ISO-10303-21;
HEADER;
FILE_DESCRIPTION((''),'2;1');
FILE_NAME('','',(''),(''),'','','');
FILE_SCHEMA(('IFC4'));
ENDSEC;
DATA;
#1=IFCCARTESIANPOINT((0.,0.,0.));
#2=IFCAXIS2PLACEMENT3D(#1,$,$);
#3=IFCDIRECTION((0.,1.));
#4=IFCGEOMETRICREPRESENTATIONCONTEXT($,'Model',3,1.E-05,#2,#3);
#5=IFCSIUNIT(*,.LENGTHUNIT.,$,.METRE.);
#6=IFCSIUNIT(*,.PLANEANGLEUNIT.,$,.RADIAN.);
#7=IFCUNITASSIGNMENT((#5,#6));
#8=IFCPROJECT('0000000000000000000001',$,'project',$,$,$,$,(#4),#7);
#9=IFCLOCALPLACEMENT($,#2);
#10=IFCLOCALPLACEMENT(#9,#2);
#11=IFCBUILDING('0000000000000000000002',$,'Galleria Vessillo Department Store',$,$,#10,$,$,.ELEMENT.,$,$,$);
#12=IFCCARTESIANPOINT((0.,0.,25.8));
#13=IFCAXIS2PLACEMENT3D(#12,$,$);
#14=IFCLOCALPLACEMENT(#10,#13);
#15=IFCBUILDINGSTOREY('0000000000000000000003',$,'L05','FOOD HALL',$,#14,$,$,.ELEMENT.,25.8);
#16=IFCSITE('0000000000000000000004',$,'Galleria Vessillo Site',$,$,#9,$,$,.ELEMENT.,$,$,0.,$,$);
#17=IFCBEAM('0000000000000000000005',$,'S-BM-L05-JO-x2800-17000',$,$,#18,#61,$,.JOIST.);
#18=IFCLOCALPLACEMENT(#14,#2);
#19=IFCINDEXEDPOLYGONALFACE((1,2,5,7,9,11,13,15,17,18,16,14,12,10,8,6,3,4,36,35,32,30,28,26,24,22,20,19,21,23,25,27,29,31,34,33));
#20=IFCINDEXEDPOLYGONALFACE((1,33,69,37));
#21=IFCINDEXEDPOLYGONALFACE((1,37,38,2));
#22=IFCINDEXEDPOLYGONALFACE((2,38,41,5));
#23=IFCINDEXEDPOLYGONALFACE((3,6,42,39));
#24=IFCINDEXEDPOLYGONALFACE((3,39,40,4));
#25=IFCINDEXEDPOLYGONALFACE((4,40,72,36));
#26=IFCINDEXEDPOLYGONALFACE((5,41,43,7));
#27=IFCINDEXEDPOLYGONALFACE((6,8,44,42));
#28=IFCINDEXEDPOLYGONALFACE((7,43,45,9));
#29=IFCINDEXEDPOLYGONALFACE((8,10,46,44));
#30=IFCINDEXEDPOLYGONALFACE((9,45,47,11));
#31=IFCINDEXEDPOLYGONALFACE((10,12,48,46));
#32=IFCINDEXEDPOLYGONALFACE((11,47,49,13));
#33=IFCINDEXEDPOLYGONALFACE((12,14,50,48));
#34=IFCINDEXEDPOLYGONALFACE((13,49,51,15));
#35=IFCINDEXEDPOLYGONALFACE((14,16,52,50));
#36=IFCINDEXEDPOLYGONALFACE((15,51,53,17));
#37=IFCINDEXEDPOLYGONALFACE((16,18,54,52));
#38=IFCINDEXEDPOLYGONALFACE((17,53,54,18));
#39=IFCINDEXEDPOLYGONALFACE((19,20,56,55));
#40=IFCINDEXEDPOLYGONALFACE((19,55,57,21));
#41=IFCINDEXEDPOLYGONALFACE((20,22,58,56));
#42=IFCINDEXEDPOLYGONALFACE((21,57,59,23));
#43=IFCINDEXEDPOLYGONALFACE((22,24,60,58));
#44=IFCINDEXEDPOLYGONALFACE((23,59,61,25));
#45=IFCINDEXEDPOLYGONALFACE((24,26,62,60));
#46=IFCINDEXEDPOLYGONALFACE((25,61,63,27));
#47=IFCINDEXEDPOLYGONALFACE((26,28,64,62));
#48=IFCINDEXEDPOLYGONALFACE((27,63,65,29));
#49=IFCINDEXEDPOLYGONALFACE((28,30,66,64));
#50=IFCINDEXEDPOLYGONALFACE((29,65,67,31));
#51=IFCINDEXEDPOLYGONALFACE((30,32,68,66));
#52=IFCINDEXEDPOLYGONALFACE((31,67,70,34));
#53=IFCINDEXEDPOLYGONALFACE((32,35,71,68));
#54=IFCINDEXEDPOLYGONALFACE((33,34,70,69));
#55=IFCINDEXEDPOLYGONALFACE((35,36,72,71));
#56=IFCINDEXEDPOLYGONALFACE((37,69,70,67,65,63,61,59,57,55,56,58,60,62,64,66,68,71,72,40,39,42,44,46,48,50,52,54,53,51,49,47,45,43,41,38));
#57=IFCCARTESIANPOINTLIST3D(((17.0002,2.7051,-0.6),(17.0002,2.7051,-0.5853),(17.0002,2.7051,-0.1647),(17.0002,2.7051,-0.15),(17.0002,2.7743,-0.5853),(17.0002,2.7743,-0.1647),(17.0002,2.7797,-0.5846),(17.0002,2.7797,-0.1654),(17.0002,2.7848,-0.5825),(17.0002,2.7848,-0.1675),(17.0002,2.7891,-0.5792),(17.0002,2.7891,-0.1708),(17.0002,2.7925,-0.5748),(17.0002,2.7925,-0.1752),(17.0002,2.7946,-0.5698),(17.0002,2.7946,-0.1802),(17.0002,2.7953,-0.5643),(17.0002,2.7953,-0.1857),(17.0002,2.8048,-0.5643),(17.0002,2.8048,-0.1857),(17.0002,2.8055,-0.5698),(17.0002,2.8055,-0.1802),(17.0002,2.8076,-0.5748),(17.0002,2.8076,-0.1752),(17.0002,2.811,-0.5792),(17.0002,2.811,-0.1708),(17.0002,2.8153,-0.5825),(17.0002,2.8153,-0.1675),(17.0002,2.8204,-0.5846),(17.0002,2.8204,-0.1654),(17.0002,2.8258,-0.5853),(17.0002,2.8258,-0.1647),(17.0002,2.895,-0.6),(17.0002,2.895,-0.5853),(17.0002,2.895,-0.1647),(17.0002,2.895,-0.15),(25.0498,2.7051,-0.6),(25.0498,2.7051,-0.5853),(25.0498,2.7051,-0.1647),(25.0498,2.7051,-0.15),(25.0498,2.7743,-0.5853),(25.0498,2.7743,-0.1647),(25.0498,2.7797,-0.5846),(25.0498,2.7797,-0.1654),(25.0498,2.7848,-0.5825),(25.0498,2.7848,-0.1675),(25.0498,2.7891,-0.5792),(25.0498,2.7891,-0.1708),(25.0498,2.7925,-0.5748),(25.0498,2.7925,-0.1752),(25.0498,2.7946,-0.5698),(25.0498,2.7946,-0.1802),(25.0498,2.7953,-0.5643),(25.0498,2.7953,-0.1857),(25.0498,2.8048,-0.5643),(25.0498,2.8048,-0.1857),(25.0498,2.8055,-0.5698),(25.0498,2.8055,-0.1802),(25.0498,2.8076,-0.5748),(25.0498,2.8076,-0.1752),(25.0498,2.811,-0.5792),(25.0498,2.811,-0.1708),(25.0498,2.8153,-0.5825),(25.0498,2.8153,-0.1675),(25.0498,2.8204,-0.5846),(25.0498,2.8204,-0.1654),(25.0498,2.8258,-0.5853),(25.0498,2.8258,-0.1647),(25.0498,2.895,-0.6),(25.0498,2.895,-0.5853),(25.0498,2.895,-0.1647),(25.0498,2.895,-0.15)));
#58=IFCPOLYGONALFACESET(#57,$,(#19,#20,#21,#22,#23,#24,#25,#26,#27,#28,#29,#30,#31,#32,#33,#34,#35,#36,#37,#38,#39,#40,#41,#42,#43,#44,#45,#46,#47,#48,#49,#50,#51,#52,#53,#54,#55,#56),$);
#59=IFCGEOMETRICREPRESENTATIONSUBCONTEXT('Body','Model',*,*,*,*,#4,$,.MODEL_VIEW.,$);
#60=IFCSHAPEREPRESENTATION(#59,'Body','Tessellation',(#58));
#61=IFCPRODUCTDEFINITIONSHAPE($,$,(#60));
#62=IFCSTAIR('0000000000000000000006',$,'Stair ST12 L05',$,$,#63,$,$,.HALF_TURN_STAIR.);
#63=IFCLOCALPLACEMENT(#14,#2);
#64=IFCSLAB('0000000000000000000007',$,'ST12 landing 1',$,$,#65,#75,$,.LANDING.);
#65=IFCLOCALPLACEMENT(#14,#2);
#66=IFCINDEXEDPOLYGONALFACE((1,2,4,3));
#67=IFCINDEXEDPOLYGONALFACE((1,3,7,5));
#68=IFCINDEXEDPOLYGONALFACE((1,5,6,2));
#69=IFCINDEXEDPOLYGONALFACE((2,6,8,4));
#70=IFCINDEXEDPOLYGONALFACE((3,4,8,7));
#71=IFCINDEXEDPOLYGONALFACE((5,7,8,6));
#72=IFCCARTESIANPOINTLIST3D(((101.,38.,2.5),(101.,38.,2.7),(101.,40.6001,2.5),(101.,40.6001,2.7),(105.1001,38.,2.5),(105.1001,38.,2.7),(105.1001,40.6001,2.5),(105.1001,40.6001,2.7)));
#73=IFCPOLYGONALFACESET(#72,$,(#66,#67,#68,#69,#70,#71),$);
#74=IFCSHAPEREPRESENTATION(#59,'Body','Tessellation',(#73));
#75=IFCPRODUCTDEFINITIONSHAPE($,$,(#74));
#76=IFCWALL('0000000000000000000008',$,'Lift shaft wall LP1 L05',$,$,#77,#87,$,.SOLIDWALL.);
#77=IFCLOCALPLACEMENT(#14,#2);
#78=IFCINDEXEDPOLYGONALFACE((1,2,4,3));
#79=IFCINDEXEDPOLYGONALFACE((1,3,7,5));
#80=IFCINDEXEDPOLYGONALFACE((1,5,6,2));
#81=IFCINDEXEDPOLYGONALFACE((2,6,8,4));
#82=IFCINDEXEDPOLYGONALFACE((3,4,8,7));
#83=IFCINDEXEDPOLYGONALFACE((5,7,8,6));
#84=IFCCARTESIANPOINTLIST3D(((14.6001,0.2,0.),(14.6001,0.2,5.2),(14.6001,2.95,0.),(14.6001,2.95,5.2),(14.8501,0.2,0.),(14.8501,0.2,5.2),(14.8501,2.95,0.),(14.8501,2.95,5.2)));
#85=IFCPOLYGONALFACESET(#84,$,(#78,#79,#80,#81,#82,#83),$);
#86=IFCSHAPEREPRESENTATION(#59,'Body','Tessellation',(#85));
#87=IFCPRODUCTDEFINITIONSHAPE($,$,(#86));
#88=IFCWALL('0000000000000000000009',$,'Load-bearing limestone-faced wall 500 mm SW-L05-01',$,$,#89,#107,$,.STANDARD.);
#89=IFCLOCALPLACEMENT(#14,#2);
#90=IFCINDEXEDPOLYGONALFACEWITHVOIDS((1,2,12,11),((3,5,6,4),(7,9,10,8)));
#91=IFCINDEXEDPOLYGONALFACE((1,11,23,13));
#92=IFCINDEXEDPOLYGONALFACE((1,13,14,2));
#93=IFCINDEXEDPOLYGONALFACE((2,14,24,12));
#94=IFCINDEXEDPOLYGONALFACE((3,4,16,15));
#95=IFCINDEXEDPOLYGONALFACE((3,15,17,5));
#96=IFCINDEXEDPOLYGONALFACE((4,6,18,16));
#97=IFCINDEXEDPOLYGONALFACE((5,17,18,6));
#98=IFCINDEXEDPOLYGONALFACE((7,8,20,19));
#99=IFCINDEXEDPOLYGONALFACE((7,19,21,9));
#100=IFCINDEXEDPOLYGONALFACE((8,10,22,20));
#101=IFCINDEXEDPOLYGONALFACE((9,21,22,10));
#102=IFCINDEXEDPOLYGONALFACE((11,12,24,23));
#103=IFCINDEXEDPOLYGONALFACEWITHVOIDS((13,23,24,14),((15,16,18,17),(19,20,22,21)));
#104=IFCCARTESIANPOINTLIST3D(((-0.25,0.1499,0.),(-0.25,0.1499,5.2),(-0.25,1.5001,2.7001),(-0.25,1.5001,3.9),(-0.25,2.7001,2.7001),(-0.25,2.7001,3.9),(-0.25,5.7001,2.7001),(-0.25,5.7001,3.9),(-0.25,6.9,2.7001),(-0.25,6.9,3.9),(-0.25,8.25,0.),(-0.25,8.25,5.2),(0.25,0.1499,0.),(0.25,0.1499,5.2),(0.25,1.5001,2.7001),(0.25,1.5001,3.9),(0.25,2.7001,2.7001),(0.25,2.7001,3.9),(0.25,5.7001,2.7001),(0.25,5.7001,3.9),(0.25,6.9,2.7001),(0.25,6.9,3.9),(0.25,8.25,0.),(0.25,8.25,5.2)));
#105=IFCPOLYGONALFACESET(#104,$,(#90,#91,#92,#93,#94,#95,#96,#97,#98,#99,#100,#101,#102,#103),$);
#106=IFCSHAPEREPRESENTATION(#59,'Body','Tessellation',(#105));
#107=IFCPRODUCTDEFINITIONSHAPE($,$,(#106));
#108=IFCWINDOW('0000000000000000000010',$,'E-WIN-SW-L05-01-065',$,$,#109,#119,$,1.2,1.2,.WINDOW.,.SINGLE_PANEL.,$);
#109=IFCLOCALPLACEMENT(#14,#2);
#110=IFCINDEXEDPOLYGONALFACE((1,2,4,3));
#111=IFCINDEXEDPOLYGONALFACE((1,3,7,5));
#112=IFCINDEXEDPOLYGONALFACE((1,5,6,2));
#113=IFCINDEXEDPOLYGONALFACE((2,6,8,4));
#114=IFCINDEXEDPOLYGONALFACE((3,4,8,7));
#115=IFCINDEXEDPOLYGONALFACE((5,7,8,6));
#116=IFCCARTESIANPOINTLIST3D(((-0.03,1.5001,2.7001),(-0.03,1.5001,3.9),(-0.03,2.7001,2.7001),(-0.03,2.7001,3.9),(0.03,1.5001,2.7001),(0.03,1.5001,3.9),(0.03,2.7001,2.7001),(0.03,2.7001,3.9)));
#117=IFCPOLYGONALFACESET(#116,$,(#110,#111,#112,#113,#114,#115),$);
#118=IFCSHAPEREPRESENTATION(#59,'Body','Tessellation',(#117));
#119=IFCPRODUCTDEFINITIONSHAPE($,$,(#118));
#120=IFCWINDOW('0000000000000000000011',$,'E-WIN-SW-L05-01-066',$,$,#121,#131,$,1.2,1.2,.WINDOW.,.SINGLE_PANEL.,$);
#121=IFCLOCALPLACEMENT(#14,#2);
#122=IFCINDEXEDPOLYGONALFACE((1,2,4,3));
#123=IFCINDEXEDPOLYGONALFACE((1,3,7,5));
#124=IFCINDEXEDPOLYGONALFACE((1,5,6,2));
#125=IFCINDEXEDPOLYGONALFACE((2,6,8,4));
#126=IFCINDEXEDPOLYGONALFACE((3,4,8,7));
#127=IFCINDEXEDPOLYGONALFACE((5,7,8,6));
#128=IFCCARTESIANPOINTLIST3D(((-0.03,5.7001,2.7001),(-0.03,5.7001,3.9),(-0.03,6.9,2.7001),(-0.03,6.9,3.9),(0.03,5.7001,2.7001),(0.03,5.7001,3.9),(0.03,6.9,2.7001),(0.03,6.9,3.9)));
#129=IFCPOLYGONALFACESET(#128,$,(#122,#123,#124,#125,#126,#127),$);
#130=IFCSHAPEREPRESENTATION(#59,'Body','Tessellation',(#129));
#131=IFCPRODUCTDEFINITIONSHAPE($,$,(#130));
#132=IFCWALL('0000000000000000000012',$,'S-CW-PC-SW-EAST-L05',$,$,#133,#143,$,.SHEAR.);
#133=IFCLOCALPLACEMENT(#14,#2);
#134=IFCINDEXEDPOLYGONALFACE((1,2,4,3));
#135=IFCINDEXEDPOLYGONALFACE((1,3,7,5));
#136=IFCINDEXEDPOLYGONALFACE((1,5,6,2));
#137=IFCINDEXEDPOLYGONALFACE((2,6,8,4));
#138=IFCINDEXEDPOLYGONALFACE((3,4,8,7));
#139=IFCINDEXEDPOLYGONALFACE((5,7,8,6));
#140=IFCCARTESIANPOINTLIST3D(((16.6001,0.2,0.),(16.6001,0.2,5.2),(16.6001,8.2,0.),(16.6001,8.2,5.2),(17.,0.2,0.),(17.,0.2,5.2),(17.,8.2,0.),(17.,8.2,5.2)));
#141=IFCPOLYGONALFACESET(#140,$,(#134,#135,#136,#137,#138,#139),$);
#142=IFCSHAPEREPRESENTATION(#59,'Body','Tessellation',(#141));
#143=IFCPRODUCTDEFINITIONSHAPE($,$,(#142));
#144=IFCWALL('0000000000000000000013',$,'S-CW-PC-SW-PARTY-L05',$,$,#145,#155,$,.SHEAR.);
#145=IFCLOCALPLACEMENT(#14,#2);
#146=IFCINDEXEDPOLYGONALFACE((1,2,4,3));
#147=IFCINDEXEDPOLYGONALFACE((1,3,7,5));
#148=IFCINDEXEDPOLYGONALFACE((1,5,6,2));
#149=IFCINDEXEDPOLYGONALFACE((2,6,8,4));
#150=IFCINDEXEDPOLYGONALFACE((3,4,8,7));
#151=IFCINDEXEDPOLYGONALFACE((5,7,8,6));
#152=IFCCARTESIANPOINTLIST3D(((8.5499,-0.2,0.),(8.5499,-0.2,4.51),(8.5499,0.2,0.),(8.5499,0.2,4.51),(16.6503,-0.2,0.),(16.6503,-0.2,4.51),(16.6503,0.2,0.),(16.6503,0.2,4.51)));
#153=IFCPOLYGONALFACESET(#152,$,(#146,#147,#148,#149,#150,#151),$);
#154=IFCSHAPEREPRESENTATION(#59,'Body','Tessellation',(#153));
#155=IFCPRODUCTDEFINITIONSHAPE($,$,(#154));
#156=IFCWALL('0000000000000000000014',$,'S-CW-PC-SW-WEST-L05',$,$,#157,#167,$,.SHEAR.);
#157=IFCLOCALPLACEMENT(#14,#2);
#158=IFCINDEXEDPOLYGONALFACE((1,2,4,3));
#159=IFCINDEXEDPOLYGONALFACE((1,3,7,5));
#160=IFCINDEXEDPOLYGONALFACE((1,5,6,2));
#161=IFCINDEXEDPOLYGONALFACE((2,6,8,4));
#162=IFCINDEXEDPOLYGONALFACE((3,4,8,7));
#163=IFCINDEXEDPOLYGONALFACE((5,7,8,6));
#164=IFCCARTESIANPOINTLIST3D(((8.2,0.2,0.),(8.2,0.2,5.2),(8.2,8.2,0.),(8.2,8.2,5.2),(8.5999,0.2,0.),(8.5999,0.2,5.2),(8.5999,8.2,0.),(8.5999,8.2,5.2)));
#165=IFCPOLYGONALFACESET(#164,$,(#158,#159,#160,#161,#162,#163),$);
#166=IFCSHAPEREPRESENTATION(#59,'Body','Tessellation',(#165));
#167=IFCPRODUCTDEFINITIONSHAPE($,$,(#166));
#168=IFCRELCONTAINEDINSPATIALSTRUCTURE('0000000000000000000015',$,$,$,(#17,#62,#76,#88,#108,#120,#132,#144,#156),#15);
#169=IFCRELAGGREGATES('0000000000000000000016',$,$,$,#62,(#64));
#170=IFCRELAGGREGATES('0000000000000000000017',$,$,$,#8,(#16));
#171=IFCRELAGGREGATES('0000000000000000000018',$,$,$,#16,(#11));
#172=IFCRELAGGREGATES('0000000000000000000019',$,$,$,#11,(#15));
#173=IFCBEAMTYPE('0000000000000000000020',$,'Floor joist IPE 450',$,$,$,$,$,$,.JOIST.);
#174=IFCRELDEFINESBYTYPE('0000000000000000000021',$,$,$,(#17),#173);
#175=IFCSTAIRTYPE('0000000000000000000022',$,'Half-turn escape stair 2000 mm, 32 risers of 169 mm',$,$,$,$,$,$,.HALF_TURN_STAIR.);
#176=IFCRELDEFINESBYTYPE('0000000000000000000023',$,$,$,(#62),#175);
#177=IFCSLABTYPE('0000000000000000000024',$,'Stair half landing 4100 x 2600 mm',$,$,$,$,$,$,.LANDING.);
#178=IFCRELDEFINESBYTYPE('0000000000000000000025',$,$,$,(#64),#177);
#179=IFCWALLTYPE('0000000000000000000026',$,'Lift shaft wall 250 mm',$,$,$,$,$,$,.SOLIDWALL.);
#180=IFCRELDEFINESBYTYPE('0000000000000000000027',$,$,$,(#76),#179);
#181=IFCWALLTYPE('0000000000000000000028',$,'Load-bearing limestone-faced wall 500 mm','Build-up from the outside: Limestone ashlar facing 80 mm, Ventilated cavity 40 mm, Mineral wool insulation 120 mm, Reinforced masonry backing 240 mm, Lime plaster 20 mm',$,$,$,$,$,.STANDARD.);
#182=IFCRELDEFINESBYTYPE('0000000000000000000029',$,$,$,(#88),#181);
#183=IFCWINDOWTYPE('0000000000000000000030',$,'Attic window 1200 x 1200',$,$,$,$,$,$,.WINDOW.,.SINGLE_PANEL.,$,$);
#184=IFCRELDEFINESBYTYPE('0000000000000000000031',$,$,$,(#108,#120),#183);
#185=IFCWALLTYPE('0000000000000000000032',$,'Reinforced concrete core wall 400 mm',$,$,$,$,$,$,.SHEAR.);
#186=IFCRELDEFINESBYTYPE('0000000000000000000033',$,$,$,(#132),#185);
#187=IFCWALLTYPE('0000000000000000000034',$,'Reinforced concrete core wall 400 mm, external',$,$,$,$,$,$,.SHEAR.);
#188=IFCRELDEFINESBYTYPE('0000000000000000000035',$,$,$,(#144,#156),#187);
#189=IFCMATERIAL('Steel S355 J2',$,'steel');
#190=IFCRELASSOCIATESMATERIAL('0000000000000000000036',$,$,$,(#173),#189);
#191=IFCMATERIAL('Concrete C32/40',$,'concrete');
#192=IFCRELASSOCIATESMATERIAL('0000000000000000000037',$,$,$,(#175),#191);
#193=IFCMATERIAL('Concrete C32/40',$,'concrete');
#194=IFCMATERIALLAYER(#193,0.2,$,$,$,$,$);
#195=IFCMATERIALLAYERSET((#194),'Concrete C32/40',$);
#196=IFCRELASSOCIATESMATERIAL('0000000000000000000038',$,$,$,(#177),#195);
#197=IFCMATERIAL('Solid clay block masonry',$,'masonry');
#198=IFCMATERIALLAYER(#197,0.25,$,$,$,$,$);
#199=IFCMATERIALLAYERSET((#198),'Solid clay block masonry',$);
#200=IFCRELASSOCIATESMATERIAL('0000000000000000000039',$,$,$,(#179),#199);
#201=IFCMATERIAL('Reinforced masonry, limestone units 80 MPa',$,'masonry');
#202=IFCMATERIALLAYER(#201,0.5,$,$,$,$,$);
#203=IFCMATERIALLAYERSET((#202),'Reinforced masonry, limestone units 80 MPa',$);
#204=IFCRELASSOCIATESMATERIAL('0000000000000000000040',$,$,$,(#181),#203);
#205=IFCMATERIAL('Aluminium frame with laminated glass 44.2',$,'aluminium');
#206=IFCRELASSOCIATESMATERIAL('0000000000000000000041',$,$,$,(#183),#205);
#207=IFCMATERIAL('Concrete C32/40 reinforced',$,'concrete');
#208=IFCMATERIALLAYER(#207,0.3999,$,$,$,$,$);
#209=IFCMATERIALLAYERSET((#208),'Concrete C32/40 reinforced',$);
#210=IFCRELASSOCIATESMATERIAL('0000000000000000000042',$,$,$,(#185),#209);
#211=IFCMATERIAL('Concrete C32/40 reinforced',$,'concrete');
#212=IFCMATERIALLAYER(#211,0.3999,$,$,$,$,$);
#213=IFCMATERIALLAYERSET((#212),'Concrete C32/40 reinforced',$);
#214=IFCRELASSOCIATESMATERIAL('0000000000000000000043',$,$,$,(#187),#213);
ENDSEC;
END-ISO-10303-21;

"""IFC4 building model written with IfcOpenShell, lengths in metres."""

from ifc_helpers import new_model, si_unit, direction, frame, frame_2d, origin, origin_2d, place, context, subcontext, project, spatial, polyline, rectangle, i_section, outline, extrude, material, layer, layer_set, material_profile, profile_set, type_object, element, fill, aggregate, save


model = new_model("IFC4")

# Units and contexts
model_context = context("Model", 3, precision=1e-05, world=origin(), true_north=direction((0.0, 1.0)))
body_context = subcontext(model_context, "Body", "Model", "MODEL_VIEW")
ifc_project = project(units=[si_unit("LENGTHUNIT", "METRE"), si_unit("PLANEANGLEUNIT", "RADIAN")], contexts=[model_context])

# Site, building, storey
site_placement = place(None, origin())
site = spatial("IfcSite", under=ifc_project, at=site_placement, Name="Galleria Vessillo Site", CompositionType="ELEMENT", RefElevation=0.0)
building_placement = place(site_placement, origin())
building = spatial("IfcBuilding", under=site, at=building_placement, Name="Galleria Vessillo Department Store", CompositionType="ELEMENT")
storey_placement = place(building_placement, frame((0.0, 0.0, 25.8)))
storey = spatial("IfcBuildingStorey", under=building, at=storey_placement, Name="L05", Description="FOOD HALL", CompositionType="ELEMENT", Elevation=25.8)

# Beam
ifc_material_1 = material(Name="Steel S355 J2", Category="steel")
ifc_material_profile_1 = material_profile(ifc_material_1, i_section(OverallWidth=0.1899, OverallDepth=0.45, WebThickness=0.0095, FlangeThickness=0.0146, FilletRadius=0.021, at=origin_2d()), Name="IPE 450")
ifc_profile_set_1 = profile_set([ifc_material_profile_1], Name="Steel S355 J2")
beam_type = type_object("IfcBeamType", Name="Floor joist IPE 450", PredefinedType="JOIST", material=ifc_profile_set_1)
beam_placement = place(storey_placement, frame((17.0002, 2.8, -0.375), z_axis=(1.0, 0.0, 0.0), x_axis=(0.0, 1.0, 0.0)))
element("IfcBeam", 1, at=beam_placement, inside=storey, type_object=beam_type, Name="S-BM-L05-JO-x2800-17000", PredefinedType="JOIST", context=body_context, shape_type="SweptSolid", body=[
    extrude(i_section(OverallWidth=0.1899, OverallDepth=0.45, WebThickness=0.0095, FlangeThickness=0.0146, FilletRadius=0.021, at=origin_2d()), origin(), (0.0, 0.0, 1.0), 8.0496),
])

# Stair, slab
ifc_material_2 = material(Name="Concrete C32/40", Category="concrete")
stair_type = type_object("IfcStairType", Name="Half-turn escape stair 2000 mm, 32 risers of 169 mm", PredefinedType="HALF_TURN_STAIR", material=ifc_material_2)
stair_placement = place(storey_placement, origin())
stair = element("IfcStair", 2, at=stair_placement, inside=storey, type_object=stair_type, Name="Stair ST12 L05", PredefinedType="HALF_TURN_STAIR")
ifc_material_3 = material(Name="Concrete C32/40", Category="concrete")
ifc_layer_1 = layer(ifc_material_3, 0.2)
ifc_layer_set_1 = layer_set([ifc_layer_1], Name="Concrete C32/40")
slab_type = type_object("IfcSlabType", Name="Stair half landing 4100 x 2600 mm", PredefinedType="LANDING", material=ifc_layer_set_1)
slab_placement = place(storey_placement, frame((0.0, 0.0, 2.5)))
slab = element("IfcSlab", 3, at=slab_placement, type_object=slab_type, Name="ST12 landing 1", PredefinedType="LANDING", context=body_context, shape_type="SweptSolid", body=[
    extrude(outline(polyline([(101.0, 38.0), (101.0, 40.6001), (105.1001, 40.6001), (105.1001, 38.0), (101.0, 38.0)])), origin(), (0.0, 0.0, 1.0), 0.2),
])
aggregate(stair, [slab])

# Wall
ifc_material_4 = material(Name="Solid clay block masonry", Category="masonry")
ifc_layer_2 = layer(ifc_material_4, 0.25)
ifc_layer_set_2 = layer_set([ifc_layer_2], Name="Solid clay block masonry")
wall_type_1 = type_object("IfcWallType", Name="Lift shaft wall 250 mm", PredefinedType="SOLIDWALL", material=ifc_layer_set_2)
wall_1_placement = place(storey_placement, frame((14.7251, 0.2, 0.0), z_axis=(0.0, 0.0, 1.0), x_axis=(0.0, 1.0, 0.0)))
element("IfcWall", 4, at=wall_1_placement, inside=storey, type_object=wall_type_1, Name="Lift shaft wall LP1 L05", PredefinedType="SOLIDWALL", context=body_context, shape_type="SweptSolid", body=[
    extrude(rectangle(XDim=2.75, YDim=0.25, at=frame_2d((1.375, 0.0))), origin(), (0.0, 0.0, 1.0), 5.2),
])

# Wall, openings, windows
ifc_material_5 = material(Name="Reinforced masonry, limestone units 80 MPa", Category="masonry")
ifc_layer_3 = layer(ifc_material_5, 0.5)
ifc_layer_set_3 = layer_set([ifc_layer_3], Name="Reinforced masonry, limestone units 80 MPa")
wall_type_2 = type_object("IfcWallType", Name="Load-bearing limestone-faced wall 500 mm", Description="Build-up from the outside: Limestone ashlar facing 80 mm, Ventilated cavity 40 mm, Mineral wool insulation 120 mm, Reinforced masonry backing 240 mm, Lime plaster 20 mm", PredefinedType="STANDARD", material=ifc_layer_set_3)
wall_2_placement = place(storey_placement, frame((0.0, 0.1499, 0.0), z_axis=(0.0, 0.0, 1.0), x_axis=(0.0, 1.0, 0.0)))
wall_2 = element("IfcWall", 5, at=wall_2_placement, inside=storey, type_object=wall_type_2, Name="Load-bearing limestone-faced wall 500 mm SW-L05-01", PredefinedType="STANDARD", context=body_context, shape_type="SweptSolid", body=[
    extrude(rectangle(XDim=8.1001, YDim=0.5, at=frame_2d((4.05, 0.0))), origin(), (0.0, 0.0, 1.0), 5.2),
])
opening_1_placement = place(wall_2_placement, frame((1.3501, 0.0, 2.7)))
opening_1 = element("IfcOpeningElement", 6, at=opening_1_placement, cuts=wall_2, PredefinedType="OPENING", context=body_context, shape_type="SweptSolid", body=[
    extrude(rectangle(XDim=1.2, YDim=1.2, at=frame_2d((0.6001, 0.6001))), frame((0.0, 0.26, 0.0), z_axis=(0.0, -1.0, 0.0), x_axis=(1.0, 0.0, 0.0)), (0.0, 0.0, 1.0), 0.52),
])
opening_2_placement = place(wall_2_placement, frame((5.55, 0.0, 2.7)))
opening_2 = element("IfcOpeningElement", 7, at=opening_2_placement, cuts=wall_2, PredefinedType="OPENING", context=body_context, shape_type="SweptSolid", body=[
    extrude(rectangle(XDim=1.2, YDim=1.2, at=frame_2d((0.6001, 0.6001))), frame((0.0, 0.26, 0.0), z_axis=(0.0, -1.0, 0.0), x_axis=(1.0, 0.0, 0.0)), (0.0, 0.0, 1.0), 0.52),
])
ifc_material_6 = material(Name="Aluminium frame with laminated glass 44.2", Category="aluminium")
window_type = type_object("IfcWindowType", Name="Attic window 1200 x 1200", PartitioningType="SINGLE_PANEL", PredefinedType="WINDOW", material=ifc_material_6)
window_1_placement = place(opening_1_placement, origin())
window_1 = element("IfcWindow", 8, at=window_1_placement, inside=storey, type_object=window_type, Name="E-WIN-SW-L05-01-065", OverallHeight=1.2, OverallWidth=1.2, PartitioningType="SINGLE_PANEL", PredefinedType="WINDOW", context=body_context, shape_type="SweptSolid", body=[
    extrude(rectangle(XDim=1.2, YDim=1.2, at=frame_2d((0.6001, 0.6001))), frame((0.0, 0.03, 0.0), z_axis=(0.0, -1.0, 0.0), x_axis=(1.0, 0.0, 0.0)), (0.0, 0.0, 1.0), 0.0601),
])
fill(opening_1, window_1)
window_2_placement = place(opening_2_placement, origin())
window_2 = element("IfcWindow", 9, at=window_2_placement, inside=storey, type_object=window_type, Name="E-WIN-SW-L05-01-066", OverallHeight=1.2, OverallWidth=1.2, PartitioningType="SINGLE_PANEL", PredefinedType="WINDOW", context=body_context, shape_type="SweptSolid", body=[
    extrude(rectangle(XDim=1.2, YDim=1.2, at=frame_2d((0.6001, 0.6001))), frame((0.0, 0.03, 0.0), z_axis=(0.0, -1.0, 0.0), x_axis=(1.0, 0.0, 0.0)), (0.0, 0.0, 1.0), 0.0601),
])
fill(opening_2, window_2)

# Walls
ifc_material_7 = material(Name="Concrete C32/40 reinforced", Category="concrete")
ifc_layer_4 = layer(ifc_material_7, 0.3999)
ifc_layer_set_4 = layer_set([ifc_layer_4], Name="Concrete C32/40 reinforced")
wall_type_3 = type_object("IfcWallType", Name="Reinforced concrete core wall 400 mm", PredefinedType="SHEAR", material=ifc_layer_set_4)
wall_3_placement = place(storey_placement, frame((16.8, 0.2, 0.0), z_axis=(0.0, 0.0, 1.0), x_axis=(0.0, 1.0, 0.0)))
element("IfcWall", 10, at=wall_3_placement, inside=storey, type_object=wall_type_3, Name="S-CW-PC-SW-EAST-L05", PredefinedType="SHEAR", context=body_context, shape_type="SweptSolid", body=[
    extrude(rectangle(XDim=8.0, YDim=0.3999, at=frame_2d((4.0, 0.0))), origin(), (0.0, 0.0, 1.0), 5.2),
])
ifc_material_8 = material(Name="Concrete C32/40 reinforced", Category="concrete")
ifc_layer_5 = layer(ifc_material_8, 0.3999)
ifc_layer_set_5 = layer_set([ifc_layer_5], Name="Concrete C32/40 reinforced")
wall_type_4 = type_object("IfcWallType", Name="Reinforced concrete core wall 400 mm, external", PredefinedType="SHEAR", material=ifc_layer_set_5)
wall_4_placement = place(storey_placement, frame((8.5498, 0.0, 0.0), z_axis=(0.0, 0.0, 1.0), x_axis=(1.0, 0.0, 0.0)))
element("IfcWall", 11, at=wall_4_placement, inside=storey, type_object=wall_type_4, Name="S-CW-PC-SW-PARTY-L05", PredefinedType="SHEAR", context=body_context, shape_type="SweptSolid", body=[
    extrude(rectangle(XDim=8.1003, YDim=0.3999, at=frame_2d((4.0503, 0.0))), origin(), (0.0, 0.0, 1.0), 4.51),
])
wall_5_placement = place(storey_placement, frame((8.3999, 0.2, 0.0), z_axis=(0.0, 0.0, 1.0), x_axis=(0.0, 1.0, 0.0)))
element("IfcWall", 12, at=wall_5_placement, inside=storey, type_object=wall_type_4, Name="S-CW-PC-SW-WEST-L05", PredefinedType="SHEAR", context=body_context, shape_type="SweptSolid", body=[
    extrude(rectangle(XDim=8.0, YDim=0.3999, at=frame_2d((4.0, 0.0))), origin(), (0.0, 0.0, 1.0), 5.2),
])

save(model, "model.ifc")
